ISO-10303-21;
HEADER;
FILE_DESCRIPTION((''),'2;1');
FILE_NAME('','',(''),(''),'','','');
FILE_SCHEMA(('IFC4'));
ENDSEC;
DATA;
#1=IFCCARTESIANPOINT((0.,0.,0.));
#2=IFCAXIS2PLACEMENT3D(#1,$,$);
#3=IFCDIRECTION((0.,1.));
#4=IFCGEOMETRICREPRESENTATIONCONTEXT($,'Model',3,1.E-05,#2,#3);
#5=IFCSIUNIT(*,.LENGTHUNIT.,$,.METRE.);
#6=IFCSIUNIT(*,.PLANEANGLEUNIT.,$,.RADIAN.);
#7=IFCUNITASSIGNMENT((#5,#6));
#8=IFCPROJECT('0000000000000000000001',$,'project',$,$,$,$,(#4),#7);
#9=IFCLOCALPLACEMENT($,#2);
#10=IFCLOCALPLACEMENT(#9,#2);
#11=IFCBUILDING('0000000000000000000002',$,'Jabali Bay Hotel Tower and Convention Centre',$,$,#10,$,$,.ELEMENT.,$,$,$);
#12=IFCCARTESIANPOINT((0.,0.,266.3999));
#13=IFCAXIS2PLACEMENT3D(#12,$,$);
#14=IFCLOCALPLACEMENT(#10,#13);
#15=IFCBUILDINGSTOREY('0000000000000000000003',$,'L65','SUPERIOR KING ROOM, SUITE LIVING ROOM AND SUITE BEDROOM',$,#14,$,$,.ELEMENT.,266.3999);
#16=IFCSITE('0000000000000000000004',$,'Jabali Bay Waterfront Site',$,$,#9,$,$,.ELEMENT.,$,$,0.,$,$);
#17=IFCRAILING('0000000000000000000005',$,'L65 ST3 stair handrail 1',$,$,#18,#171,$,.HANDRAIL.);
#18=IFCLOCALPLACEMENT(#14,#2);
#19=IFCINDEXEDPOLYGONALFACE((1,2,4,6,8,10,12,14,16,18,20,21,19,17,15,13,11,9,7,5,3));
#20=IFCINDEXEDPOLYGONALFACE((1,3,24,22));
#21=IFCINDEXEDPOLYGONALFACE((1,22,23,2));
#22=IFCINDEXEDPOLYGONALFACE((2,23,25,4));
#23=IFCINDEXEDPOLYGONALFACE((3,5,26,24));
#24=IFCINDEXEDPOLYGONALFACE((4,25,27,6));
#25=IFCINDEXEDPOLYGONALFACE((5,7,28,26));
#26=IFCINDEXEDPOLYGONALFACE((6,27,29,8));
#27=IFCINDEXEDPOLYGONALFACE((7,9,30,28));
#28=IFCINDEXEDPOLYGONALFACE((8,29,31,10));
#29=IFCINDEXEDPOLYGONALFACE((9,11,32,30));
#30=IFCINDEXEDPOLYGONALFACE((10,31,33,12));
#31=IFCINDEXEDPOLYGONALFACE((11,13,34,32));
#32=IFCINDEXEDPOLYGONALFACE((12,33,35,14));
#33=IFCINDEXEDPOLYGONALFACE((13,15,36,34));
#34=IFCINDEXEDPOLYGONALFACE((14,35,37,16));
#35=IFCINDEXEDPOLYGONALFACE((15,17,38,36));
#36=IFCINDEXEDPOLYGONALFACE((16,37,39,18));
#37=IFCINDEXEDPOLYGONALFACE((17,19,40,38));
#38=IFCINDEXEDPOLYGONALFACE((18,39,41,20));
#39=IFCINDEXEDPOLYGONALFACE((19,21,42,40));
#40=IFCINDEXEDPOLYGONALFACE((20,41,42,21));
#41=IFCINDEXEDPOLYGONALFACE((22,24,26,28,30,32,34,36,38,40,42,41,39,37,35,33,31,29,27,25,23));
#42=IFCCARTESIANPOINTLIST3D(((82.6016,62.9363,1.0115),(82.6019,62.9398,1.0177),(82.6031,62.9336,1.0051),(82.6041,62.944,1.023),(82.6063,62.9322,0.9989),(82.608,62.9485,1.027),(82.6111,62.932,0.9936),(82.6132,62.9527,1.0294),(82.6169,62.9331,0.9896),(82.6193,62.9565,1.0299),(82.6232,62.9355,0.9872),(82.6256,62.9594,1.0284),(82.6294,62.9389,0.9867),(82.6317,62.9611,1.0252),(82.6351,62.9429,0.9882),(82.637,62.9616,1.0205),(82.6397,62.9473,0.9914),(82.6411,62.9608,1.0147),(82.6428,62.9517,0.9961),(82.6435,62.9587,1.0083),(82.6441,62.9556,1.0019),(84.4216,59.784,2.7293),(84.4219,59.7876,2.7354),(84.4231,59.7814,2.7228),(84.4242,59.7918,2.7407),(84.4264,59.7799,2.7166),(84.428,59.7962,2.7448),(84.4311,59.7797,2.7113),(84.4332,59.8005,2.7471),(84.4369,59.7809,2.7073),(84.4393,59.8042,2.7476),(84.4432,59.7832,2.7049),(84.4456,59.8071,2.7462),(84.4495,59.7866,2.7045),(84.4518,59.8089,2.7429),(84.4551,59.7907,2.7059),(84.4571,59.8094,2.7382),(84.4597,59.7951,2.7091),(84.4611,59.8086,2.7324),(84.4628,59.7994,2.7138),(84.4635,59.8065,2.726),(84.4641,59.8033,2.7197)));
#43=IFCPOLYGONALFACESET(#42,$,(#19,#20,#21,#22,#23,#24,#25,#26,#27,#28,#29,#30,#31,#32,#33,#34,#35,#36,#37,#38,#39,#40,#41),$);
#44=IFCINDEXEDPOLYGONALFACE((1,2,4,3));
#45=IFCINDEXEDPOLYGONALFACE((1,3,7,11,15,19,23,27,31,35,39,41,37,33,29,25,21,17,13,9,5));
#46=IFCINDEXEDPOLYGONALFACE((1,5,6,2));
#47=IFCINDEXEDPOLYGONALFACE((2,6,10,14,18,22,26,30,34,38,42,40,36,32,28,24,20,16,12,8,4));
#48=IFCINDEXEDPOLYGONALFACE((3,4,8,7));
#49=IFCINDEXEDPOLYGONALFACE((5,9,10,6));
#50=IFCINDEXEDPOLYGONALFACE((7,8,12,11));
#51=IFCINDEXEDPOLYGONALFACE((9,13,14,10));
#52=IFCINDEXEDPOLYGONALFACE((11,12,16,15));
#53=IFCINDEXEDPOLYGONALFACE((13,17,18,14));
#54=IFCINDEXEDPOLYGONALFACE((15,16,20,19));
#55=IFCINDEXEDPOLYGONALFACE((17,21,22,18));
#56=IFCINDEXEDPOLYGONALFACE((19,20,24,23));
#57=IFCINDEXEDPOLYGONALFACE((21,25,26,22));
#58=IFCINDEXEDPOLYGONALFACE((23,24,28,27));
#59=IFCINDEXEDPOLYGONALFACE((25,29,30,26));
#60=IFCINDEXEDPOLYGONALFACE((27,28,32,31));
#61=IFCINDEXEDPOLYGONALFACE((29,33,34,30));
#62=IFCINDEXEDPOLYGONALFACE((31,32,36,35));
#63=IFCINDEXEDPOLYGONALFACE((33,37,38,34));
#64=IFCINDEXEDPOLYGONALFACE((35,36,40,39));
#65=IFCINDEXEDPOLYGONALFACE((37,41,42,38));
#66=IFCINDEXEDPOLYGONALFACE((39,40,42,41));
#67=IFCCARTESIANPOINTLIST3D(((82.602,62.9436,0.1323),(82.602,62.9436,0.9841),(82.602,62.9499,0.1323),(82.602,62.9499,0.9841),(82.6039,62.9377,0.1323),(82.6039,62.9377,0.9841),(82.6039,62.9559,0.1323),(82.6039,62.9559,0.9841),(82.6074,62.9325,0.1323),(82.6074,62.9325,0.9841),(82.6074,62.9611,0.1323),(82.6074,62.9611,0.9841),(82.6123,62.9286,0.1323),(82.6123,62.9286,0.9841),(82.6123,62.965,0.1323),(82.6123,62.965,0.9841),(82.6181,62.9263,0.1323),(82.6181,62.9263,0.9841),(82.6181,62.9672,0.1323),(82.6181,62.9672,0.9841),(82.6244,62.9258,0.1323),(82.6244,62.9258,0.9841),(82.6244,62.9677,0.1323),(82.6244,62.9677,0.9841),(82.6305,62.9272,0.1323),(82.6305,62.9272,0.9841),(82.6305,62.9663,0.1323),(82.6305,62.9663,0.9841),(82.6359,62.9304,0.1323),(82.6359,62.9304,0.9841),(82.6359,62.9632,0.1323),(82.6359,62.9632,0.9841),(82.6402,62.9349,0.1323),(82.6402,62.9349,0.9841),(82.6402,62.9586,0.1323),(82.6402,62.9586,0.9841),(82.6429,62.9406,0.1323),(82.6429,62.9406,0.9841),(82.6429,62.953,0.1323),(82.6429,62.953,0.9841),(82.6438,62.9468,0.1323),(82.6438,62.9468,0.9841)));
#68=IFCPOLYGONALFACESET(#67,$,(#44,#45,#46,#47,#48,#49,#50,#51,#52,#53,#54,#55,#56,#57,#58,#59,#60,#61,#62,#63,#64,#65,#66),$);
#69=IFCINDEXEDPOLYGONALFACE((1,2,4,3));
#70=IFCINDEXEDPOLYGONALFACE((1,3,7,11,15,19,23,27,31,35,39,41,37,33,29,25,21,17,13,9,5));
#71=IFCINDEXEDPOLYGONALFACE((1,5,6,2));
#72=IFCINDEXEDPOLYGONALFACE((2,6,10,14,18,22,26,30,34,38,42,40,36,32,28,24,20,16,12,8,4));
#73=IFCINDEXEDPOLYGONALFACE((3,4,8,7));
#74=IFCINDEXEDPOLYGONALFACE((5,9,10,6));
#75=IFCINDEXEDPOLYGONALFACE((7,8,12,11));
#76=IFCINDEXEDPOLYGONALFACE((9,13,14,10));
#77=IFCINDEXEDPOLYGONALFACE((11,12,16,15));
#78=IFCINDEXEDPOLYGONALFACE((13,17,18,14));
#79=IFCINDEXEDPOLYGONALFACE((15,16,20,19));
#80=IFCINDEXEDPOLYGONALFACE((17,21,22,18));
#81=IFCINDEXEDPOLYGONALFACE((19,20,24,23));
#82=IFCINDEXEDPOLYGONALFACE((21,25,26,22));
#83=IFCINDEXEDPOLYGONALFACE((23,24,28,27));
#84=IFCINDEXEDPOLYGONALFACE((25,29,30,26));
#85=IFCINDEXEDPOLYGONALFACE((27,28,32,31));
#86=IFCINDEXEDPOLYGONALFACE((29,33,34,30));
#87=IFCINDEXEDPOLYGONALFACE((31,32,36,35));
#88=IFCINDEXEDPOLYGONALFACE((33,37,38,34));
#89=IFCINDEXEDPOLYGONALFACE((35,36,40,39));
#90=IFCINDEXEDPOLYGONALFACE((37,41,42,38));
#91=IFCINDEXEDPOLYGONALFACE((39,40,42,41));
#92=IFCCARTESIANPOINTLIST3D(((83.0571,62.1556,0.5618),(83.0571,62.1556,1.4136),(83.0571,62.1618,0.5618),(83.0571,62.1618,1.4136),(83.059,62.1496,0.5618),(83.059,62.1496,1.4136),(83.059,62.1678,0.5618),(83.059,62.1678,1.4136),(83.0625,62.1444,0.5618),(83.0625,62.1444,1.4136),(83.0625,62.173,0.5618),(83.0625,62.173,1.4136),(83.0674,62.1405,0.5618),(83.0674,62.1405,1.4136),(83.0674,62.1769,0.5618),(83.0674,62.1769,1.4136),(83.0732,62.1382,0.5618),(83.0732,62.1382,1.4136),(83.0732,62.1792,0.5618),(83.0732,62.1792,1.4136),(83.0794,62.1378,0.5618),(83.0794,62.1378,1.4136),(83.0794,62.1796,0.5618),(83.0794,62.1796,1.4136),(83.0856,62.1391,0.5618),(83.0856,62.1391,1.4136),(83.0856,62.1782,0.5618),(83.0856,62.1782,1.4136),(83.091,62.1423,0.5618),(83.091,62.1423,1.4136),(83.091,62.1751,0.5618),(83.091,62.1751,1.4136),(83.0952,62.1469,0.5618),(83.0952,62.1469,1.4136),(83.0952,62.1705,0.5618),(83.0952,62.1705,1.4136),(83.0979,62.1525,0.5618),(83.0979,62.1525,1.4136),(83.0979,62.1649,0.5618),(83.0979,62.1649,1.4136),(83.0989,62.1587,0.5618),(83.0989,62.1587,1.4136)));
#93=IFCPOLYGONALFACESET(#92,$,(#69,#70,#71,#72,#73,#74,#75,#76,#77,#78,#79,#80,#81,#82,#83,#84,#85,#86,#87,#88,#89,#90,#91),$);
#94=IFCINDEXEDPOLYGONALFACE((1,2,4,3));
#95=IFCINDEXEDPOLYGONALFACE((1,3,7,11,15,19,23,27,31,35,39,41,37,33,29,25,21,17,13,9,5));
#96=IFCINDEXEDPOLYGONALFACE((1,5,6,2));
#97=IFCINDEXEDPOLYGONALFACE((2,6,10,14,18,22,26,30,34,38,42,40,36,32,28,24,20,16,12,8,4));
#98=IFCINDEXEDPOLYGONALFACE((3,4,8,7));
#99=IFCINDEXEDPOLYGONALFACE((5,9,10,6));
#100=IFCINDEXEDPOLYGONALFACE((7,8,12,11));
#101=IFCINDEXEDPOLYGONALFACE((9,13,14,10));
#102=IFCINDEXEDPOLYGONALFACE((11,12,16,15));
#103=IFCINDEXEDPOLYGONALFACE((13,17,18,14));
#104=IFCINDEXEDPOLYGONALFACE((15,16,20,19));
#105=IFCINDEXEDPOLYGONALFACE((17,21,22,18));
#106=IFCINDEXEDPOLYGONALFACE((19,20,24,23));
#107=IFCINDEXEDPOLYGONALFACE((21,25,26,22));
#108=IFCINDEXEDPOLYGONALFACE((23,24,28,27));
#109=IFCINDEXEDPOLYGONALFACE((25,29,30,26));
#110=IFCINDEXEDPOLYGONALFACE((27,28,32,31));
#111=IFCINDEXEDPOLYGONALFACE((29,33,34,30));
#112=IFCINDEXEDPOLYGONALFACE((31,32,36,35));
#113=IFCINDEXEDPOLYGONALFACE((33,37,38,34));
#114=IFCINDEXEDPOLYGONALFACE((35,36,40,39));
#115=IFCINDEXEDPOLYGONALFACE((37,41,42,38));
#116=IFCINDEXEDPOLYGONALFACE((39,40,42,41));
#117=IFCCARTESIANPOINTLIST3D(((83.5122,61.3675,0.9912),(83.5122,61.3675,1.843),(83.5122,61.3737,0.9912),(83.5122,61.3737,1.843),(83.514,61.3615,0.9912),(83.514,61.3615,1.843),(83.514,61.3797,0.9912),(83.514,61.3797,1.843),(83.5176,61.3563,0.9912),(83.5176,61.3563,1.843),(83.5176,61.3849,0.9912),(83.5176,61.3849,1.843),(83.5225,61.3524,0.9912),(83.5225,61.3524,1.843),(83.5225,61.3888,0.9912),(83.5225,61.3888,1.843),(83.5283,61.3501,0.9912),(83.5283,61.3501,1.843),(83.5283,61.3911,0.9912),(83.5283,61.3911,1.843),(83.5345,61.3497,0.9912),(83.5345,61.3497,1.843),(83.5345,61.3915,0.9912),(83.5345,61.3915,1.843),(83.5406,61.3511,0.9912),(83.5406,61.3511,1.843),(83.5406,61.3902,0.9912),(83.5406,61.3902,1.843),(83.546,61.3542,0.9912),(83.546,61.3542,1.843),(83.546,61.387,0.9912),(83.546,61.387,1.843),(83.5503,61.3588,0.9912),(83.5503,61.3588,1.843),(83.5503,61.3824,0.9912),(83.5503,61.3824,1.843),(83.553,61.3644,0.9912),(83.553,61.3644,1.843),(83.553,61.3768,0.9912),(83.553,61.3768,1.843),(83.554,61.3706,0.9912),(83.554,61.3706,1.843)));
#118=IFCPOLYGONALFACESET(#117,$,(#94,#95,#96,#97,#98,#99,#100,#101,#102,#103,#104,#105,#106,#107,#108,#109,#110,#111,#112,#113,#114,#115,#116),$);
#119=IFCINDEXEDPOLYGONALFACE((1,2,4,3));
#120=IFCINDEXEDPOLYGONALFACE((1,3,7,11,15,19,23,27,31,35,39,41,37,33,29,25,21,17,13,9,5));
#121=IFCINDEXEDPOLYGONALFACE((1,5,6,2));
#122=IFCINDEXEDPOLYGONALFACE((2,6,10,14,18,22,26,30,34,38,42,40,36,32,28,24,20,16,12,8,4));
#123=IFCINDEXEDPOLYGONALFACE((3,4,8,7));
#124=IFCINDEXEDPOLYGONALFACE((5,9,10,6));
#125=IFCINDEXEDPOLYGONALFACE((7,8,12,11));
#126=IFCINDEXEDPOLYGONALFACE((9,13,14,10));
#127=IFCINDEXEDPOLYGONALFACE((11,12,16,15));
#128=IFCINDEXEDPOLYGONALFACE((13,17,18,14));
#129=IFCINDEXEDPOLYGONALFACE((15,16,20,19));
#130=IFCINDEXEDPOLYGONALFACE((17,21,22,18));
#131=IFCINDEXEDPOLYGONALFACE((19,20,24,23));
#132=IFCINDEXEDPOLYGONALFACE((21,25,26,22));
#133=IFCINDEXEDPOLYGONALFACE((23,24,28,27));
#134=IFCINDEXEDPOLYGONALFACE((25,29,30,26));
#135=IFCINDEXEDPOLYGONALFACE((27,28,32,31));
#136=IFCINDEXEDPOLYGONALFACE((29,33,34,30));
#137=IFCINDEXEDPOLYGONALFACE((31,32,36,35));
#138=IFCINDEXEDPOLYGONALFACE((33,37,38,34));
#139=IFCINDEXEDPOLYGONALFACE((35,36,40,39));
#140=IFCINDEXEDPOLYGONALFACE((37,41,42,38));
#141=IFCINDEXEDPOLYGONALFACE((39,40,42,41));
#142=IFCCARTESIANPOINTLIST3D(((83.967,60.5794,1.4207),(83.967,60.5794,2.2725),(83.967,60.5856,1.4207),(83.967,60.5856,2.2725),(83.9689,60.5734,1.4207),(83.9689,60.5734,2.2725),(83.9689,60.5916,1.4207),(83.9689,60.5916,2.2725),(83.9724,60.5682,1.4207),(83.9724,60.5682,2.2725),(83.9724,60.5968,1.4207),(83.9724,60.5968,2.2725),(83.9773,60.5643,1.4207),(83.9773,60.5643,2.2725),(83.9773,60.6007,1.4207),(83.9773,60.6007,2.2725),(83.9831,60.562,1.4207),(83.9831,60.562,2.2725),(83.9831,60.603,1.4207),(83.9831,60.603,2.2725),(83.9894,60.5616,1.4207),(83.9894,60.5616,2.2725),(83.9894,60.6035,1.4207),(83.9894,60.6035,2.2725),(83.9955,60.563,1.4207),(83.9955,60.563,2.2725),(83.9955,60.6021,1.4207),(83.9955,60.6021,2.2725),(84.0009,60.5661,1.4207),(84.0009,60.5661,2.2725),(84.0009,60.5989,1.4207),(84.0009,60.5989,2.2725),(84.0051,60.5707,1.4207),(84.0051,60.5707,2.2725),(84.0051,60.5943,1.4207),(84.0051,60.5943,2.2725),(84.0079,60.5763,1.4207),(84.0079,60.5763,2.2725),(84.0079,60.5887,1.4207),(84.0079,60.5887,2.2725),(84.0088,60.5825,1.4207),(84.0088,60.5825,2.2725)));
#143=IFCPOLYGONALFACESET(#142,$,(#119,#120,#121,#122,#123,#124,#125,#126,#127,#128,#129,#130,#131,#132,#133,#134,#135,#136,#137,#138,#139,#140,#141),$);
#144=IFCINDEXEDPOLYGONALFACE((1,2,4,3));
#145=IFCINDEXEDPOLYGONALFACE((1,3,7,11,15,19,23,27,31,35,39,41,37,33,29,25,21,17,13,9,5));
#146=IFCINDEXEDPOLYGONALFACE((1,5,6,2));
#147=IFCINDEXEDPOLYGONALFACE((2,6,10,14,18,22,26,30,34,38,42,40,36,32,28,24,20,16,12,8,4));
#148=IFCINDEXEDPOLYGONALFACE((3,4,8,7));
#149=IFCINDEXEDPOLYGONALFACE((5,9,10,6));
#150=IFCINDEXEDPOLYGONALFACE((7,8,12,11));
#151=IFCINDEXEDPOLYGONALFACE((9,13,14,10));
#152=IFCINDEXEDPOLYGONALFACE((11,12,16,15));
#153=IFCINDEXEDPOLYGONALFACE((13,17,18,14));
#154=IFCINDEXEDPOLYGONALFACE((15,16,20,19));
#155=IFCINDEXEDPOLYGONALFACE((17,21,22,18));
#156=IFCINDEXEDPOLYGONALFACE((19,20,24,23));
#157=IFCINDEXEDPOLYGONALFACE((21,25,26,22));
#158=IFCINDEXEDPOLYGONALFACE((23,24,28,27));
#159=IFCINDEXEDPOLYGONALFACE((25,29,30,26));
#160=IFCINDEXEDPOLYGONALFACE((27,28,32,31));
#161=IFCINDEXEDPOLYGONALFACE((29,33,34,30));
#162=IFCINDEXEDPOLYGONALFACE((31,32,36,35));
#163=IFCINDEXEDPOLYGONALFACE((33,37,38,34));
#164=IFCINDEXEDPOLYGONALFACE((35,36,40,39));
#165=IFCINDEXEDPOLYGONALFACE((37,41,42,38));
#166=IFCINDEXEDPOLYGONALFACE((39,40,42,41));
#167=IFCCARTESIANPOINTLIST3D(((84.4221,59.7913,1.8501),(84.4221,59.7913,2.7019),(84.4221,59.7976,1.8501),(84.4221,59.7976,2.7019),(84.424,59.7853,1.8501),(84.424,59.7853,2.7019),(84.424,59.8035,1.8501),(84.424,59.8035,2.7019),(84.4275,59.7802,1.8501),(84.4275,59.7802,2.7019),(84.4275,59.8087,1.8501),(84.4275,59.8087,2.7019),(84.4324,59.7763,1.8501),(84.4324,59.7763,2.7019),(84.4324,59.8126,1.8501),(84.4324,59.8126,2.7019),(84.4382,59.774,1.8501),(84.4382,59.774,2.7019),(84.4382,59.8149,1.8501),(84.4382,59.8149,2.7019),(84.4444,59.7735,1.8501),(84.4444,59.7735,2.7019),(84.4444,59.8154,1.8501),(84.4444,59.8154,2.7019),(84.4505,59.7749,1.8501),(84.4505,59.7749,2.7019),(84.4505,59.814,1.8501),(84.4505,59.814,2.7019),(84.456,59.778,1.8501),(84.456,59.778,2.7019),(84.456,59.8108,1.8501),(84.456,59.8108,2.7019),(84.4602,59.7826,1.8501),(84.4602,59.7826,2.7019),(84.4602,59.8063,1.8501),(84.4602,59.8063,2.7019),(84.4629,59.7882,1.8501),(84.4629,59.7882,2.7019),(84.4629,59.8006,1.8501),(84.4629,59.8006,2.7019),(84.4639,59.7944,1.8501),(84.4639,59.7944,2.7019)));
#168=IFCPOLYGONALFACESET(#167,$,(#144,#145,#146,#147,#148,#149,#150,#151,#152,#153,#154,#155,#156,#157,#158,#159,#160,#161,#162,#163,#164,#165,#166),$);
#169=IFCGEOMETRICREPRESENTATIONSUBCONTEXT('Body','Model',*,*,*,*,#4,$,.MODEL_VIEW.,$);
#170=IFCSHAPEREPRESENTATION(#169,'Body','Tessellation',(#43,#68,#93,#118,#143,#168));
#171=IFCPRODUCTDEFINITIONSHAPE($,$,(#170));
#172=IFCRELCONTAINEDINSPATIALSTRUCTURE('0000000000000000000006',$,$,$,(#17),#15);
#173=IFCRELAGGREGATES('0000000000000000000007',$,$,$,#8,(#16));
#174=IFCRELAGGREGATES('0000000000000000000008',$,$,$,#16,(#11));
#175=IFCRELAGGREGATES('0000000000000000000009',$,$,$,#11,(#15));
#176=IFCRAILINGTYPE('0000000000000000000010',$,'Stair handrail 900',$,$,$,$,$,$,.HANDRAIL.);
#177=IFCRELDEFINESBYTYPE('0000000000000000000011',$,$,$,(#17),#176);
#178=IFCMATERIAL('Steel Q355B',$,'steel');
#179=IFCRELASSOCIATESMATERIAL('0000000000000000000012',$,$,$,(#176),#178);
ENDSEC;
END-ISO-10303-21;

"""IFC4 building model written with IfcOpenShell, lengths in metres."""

from ifc_helpers import new_model, si_unit, direction, frame, origin, origin_2d, place, context, subcontext, project, spatial, circle, extrude, material, type_object, element, save


model = new_model("IFC4")

# Units and contexts
model_context = context("Model", 3, precision=1e-05, world=origin(), true_north=direction((0.0, 1.0)))
body_context = subcontext(model_context, "Body", "Model", "MODEL_VIEW")
ifc_project = project(units=[si_unit("LENGTHUNIT", "METRE"), si_unit("PLANEANGLEUNIT", "RADIAN")], contexts=[model_context])

# Site, building, storey
site_placement = place(None, origin())
site = spatial("IfcSite", under=ifc_project, at=site_placement, Name="Jabali Bay Waterfront Site", CompositionType="ELEMENT", RefElevation=0.0)
building_placement = place(site_placement, origin())
building = spatial("IfcBuilding", under=site, at=building_placement, Name="Jabali Bay Hotel Tower and Convention Centre", CompositionType="ELEMENT")
storey_placement = place(building_placement, frame((0.0, 0.0, 266.3999)))
storey = spatial("IfcBuildingStorey", under=building, at=storey_placement, Name="L65", Description="SUPERIOR KING ROOM, SUITE LIVING ROOM AND SUITE BEDROOM", CompositionType="ELEMENT", Elevation=266.3999)

# Railing
ifc_material_1 = material(Name="Steel Q355B", Category="steel")
railing_type_1 = type_object("IfcRailingType", Name="Stair handrail 900", PredefinedType="HANDRAIL", material=ifc_material_1)
railing_1_placement = place(storey_placement, frame((82.6228, 62.9468, 0.1323)))
element("IfcRailing", 1, at=railing_1_placement, inside=storey, type_object=railing_type_1, Name="L65 ST3 stair handrail 1", PredefinedType="HANDRAIL", context=body_context, shape_type="SweptSolid", body=[
    extrude(circle(Radius=0.0239, at=origin_2d()), frame((0.0, 0.0, 0.876), z_axis=(0.45219, -0.78319, 0.426775), x_axis=(0.866018, 0.500013, 0.0)), (0.0, 0.0, 1.0), 4.0249),
    extrude(circle(Radius=0.021, at=origin_2d()), origin(), (0.0, 0.0, 1.0), 0.8518),
    extrude(circle(Radius=0.021, at=origin_2d()), frame((0.4551, -0.7881, 0.4294)), (0.0, 0.0, 1.0), 0.8518),
    extrude(circle(Radius=0.021, at=origin_2d()), frame((0.9102, -1.5762, 0.8589)), (0.0, 0.0, 1.0), 0.8518),
    extrude(circle(Radius=0.021, at=origin_2d()), frame((1.365, -2.3643, 1.2883)), (0.0, 0.0, 1.0), 0.8518),
    extrude(circle(Radius=0.021, at=origin_2d()), frame((1.8201, -3.1523, 1.7178)), (0.0, 0.0, 1.0), 0.8518),
])

save(model, "model.ifc")
